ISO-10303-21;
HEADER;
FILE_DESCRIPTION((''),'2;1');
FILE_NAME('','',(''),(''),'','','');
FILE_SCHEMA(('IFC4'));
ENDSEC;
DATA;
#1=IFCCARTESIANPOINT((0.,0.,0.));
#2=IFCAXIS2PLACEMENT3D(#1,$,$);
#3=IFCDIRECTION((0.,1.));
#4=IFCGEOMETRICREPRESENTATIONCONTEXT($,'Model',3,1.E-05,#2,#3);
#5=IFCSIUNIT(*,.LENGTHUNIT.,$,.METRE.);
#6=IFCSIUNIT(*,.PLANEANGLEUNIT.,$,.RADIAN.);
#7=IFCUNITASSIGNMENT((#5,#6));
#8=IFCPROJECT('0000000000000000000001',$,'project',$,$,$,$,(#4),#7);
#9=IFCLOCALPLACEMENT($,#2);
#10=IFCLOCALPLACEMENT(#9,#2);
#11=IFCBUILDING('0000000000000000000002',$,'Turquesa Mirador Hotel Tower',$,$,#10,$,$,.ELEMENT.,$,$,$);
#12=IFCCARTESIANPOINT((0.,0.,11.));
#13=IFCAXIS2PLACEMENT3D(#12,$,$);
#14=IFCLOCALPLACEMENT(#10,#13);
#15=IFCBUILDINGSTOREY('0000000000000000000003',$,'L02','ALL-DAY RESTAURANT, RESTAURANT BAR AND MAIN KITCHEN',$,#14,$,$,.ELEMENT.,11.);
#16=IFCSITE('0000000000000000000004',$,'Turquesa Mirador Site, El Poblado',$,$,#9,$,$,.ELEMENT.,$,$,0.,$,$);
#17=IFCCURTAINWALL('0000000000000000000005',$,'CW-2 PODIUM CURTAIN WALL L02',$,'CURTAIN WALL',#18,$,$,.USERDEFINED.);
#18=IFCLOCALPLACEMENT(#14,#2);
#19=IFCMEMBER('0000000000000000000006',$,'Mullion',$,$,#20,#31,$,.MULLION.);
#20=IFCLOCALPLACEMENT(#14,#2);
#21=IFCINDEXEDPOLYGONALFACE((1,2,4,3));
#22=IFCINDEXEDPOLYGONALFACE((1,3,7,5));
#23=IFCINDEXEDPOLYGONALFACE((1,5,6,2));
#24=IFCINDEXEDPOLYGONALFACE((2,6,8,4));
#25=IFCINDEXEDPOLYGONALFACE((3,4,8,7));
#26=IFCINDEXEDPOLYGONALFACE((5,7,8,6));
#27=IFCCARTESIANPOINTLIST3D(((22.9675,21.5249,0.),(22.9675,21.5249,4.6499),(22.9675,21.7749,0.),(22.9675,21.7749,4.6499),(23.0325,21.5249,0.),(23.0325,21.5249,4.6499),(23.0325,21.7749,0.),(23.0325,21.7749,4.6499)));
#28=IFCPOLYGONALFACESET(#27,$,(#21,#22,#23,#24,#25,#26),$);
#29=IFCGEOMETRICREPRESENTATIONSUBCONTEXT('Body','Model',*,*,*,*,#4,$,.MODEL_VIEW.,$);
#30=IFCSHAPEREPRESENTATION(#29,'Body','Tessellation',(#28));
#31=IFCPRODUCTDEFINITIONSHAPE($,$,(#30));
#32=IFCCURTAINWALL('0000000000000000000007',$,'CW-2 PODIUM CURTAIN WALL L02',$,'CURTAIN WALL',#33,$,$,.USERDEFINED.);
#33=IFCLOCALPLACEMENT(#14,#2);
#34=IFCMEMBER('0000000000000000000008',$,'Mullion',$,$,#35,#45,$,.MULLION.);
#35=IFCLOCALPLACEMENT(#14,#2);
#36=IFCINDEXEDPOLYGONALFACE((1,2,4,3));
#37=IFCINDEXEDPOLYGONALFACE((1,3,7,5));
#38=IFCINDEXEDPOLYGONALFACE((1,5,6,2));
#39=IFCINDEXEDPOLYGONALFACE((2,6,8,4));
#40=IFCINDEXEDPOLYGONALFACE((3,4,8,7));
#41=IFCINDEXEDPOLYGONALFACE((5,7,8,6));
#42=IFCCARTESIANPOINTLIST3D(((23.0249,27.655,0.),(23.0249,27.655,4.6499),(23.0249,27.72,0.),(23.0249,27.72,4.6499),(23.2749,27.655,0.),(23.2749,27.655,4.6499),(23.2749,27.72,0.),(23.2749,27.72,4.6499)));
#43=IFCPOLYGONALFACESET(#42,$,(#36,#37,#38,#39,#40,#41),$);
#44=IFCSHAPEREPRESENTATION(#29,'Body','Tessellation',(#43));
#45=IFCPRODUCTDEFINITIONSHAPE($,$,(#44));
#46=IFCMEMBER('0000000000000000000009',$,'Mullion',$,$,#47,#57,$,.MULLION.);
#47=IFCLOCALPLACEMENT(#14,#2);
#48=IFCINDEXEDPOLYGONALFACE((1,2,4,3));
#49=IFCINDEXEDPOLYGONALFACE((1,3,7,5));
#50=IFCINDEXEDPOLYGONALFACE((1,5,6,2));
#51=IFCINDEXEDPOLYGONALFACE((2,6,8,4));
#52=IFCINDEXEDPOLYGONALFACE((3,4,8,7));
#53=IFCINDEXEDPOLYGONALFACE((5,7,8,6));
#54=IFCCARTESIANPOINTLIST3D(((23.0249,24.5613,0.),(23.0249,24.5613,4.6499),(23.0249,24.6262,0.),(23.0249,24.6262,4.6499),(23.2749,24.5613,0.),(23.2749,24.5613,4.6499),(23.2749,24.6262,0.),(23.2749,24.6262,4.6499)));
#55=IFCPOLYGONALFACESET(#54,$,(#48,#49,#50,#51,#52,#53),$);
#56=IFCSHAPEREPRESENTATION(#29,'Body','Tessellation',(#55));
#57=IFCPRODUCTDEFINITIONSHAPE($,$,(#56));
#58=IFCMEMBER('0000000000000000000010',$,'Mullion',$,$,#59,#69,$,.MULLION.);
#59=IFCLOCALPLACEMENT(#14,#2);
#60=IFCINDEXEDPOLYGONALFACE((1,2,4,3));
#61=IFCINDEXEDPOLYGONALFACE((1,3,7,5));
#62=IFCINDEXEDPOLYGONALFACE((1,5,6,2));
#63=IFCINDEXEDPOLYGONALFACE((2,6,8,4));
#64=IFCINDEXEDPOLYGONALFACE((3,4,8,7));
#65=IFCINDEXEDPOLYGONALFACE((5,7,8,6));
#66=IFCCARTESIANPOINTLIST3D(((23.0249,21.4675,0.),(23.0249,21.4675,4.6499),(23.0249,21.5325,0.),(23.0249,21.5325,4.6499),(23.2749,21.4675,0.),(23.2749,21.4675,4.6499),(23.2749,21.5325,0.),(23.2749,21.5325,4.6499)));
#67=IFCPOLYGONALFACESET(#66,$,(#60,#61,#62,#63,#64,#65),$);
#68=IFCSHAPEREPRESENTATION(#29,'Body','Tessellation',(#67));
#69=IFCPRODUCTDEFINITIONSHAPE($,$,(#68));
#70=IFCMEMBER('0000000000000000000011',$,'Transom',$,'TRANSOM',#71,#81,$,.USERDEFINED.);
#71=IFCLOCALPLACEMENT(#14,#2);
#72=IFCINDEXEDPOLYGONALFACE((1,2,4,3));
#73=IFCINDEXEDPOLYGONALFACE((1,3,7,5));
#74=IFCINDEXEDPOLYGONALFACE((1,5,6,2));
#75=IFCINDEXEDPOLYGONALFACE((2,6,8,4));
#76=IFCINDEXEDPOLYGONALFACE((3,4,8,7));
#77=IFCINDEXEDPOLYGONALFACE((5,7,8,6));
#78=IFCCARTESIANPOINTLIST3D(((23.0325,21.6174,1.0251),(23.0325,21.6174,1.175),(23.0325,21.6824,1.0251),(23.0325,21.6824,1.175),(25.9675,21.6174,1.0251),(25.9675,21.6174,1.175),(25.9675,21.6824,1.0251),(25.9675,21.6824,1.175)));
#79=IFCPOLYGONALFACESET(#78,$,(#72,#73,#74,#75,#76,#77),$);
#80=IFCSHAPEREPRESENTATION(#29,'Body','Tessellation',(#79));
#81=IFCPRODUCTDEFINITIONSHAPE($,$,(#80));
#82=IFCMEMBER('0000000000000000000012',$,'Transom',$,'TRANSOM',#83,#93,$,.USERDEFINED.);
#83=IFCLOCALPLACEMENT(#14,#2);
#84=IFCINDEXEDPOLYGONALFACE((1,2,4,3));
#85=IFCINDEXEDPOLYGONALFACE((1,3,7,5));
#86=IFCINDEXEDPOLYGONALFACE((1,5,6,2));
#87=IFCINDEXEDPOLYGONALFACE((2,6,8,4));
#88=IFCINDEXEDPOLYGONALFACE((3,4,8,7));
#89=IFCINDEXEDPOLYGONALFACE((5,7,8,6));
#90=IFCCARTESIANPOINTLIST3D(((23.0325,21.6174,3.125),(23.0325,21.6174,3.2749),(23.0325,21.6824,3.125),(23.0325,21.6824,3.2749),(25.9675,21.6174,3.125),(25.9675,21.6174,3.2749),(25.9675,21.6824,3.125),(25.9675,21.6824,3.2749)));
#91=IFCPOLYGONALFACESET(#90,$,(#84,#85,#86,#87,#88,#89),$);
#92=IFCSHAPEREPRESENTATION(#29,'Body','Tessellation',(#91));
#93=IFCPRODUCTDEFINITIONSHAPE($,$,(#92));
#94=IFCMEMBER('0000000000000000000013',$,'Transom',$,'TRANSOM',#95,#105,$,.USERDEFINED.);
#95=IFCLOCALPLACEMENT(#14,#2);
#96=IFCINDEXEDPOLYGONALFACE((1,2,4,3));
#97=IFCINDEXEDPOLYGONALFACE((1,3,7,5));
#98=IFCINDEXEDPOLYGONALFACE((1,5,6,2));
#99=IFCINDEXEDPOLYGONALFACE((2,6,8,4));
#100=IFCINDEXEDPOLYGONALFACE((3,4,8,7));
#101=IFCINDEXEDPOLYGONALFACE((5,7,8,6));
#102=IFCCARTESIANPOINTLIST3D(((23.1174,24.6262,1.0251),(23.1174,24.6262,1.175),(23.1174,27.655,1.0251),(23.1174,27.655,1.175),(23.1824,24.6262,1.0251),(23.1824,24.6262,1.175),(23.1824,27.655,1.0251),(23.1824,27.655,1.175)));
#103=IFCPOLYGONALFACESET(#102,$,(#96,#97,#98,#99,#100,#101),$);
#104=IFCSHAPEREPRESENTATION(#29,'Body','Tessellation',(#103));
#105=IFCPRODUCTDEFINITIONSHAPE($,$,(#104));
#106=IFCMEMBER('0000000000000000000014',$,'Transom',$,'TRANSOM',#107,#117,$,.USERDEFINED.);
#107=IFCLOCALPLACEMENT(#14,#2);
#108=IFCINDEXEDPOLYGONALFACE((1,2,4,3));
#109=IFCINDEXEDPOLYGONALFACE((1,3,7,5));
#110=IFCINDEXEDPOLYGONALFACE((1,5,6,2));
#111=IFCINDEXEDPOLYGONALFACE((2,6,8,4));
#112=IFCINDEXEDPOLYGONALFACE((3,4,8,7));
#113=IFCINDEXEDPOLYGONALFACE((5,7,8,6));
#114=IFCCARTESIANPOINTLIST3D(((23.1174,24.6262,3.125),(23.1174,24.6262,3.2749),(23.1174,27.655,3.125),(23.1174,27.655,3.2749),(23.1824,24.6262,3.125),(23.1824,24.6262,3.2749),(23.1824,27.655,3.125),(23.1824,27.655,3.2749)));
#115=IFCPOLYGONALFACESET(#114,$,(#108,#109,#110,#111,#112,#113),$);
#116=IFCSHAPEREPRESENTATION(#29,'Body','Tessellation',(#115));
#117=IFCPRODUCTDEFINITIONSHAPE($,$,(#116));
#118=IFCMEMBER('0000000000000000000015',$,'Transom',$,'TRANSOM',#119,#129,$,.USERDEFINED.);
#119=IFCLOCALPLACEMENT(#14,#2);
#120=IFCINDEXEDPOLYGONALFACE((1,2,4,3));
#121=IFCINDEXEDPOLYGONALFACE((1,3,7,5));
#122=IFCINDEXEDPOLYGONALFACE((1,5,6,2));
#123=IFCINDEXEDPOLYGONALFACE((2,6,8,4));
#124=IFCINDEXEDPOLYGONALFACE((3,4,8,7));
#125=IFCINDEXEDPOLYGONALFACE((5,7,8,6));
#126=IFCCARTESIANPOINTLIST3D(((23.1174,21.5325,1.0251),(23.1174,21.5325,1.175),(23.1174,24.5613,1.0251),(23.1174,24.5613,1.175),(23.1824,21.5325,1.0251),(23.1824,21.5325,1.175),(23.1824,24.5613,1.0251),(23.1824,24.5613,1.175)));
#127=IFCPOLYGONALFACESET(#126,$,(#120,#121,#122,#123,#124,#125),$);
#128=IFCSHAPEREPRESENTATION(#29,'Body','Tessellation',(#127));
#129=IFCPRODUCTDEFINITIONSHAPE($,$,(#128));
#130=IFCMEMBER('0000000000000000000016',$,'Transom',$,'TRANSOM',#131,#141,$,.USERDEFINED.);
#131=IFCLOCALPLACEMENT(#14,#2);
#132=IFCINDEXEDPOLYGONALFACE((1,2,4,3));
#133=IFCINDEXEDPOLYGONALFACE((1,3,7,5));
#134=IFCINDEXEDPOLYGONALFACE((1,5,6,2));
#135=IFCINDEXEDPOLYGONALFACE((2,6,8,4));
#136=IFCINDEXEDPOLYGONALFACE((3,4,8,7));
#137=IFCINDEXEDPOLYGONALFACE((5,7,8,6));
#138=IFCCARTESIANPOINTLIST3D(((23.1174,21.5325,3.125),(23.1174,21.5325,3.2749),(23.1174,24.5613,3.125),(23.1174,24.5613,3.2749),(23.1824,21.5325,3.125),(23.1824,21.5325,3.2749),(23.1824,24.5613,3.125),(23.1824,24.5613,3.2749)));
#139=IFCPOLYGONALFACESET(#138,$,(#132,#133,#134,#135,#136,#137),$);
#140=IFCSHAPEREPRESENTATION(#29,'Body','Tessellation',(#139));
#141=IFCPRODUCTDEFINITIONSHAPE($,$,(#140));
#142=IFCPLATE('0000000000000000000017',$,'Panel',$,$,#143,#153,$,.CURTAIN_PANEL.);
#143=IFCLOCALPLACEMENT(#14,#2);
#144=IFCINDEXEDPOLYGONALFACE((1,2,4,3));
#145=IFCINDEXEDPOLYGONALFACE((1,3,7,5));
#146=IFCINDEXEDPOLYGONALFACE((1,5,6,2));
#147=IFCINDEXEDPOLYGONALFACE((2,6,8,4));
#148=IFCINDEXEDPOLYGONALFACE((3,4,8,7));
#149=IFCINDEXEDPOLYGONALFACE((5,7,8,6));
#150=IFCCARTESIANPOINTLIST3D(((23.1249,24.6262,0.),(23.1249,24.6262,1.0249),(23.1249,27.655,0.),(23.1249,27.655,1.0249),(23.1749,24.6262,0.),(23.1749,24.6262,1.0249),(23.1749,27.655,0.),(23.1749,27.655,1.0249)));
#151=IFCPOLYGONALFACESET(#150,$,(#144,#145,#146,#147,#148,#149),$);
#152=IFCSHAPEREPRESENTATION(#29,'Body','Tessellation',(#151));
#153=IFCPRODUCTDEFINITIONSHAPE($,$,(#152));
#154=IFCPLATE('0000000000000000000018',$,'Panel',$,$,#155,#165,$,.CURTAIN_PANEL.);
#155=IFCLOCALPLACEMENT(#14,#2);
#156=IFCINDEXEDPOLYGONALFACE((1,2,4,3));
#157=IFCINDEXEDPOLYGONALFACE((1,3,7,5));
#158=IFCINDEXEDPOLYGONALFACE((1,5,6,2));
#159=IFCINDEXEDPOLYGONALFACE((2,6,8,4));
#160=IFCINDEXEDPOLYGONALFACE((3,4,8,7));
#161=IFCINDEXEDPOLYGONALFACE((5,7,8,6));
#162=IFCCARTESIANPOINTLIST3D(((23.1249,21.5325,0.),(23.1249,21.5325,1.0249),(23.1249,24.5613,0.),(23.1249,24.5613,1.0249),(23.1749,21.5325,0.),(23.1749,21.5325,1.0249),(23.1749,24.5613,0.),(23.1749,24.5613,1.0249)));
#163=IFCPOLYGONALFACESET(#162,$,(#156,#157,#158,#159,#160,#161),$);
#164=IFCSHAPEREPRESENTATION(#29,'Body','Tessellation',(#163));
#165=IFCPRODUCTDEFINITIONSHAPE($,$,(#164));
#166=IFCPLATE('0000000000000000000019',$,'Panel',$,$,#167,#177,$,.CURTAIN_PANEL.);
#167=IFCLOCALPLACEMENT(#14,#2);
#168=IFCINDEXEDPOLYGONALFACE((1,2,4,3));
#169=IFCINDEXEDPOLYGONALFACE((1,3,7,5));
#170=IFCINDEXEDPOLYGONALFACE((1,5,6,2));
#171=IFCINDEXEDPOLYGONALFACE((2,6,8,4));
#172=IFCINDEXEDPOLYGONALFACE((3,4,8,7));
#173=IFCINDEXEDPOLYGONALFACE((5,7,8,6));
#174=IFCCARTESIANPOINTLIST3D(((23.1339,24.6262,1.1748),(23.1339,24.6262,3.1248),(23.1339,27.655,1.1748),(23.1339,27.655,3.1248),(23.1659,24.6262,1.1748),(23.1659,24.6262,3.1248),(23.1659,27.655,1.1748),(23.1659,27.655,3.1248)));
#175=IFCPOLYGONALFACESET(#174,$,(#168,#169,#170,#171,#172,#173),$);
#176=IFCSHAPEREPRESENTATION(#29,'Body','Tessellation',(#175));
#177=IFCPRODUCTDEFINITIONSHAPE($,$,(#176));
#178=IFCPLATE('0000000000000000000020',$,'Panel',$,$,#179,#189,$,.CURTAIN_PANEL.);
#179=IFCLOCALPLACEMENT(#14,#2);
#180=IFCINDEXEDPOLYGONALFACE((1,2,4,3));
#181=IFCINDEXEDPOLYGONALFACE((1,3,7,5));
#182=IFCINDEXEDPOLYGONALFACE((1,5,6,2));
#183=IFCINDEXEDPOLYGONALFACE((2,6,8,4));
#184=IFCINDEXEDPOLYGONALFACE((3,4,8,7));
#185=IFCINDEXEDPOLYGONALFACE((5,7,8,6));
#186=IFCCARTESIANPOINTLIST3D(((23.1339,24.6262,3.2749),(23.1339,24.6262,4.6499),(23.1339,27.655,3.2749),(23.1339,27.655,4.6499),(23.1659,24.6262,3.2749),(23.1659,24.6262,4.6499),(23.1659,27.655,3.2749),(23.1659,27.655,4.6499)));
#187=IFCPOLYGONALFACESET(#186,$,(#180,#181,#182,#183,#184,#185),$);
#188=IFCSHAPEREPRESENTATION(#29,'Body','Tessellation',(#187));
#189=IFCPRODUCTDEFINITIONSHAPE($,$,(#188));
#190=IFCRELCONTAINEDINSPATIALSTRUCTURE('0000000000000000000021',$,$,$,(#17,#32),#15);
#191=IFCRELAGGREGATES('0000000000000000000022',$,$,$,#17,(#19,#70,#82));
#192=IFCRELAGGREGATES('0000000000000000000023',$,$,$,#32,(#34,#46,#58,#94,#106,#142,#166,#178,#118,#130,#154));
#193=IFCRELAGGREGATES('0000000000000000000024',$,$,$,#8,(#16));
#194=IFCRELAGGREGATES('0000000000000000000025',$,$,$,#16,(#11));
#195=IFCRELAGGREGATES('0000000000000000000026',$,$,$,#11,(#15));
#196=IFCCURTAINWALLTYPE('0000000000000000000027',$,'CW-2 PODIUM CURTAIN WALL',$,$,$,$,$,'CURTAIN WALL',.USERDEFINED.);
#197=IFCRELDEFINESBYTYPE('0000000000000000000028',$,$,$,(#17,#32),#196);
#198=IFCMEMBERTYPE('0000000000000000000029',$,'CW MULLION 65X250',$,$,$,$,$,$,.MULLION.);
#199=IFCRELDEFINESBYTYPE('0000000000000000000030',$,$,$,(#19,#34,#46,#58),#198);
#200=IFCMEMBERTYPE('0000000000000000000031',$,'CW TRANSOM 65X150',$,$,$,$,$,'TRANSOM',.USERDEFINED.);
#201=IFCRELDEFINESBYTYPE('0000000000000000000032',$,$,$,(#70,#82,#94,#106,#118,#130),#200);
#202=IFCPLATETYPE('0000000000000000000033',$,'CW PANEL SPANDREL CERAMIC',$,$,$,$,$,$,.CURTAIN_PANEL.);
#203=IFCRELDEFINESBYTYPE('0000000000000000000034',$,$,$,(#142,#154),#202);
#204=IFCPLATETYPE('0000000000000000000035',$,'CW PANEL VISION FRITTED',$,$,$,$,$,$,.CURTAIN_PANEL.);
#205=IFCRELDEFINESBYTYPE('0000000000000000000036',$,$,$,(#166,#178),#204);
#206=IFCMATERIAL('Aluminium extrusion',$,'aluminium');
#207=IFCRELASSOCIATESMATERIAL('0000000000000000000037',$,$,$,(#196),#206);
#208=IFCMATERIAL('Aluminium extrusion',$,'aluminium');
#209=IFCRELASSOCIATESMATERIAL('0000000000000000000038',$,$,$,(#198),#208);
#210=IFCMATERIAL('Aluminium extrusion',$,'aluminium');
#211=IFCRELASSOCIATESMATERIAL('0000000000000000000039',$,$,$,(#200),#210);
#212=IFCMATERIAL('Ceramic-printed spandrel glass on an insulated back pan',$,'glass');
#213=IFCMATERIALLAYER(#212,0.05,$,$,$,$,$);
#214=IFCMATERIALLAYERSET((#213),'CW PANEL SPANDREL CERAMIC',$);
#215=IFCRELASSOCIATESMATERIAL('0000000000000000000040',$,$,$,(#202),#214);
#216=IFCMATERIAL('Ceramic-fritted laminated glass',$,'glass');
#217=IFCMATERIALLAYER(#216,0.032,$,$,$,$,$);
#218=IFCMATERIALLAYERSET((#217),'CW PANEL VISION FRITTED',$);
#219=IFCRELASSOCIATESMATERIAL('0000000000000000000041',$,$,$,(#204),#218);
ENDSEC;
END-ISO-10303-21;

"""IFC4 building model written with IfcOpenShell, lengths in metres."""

from ifc_helpers import new_model, si_unit, direction, frame, origin, origin_2d, place, context, subcontext, project, spatial, rectangle, extrude, material, layer, layer_set, material_profile, profile_set, type_object, element, aggregate, save


model = new_model("IFC4")

# Units and contexts
model_context = context("Model", 3, precision=1e-05, world=origin(), true_north=direction((0.0, 1.0)))
body_context = subcontext(model_context, "Body", "Model", "MODEL_VIEW")
ifc_project = project(units=[si_unit("LENGTHUNIT", "METRE"), si_unit("PLANEANGLEUNIT", "RADIAN")], contexts=[model_context])

# Site, building, storey
site_placement = place(None, origin())
site = spatial("IfcSite", under=ifc_project, at=site_placement, Name="Turquesa Mirador Site, El Poblado", CompositionType="ELEMENT", RefElevation=0.0)
building_placement = place(site_placement, origin())
building = spatial("IfcBuilding", under=site, at=building_placement, Name="Turquesa Mirador Hotel Tower", CompositionType="ELEMENT")
storey_placement = place(building_placement, frame((0.0, 0.0, 11.0)))
storey = spatial("IfcBuildingStorey", under=building, at=storey_placement, Name="L02", Description="ALL-DAY RESTAURANT, RESTAURANT BAR AND MAIN KITCHEN", CompositionType="ELEMENT", Elevation=11.0)

# Curtain wall, member
ifc_material_1 = material(Name="Aluminium extrusion", Category="aluminium")
curtain_wall_type = type_object("IfcCurtainWallType", Name="CW-2 PODIUM CURTAIN WALL", ElementType="CURTAIN WALL", PredefinedType="USERDEFINED", material=ifc_material_1)
curtain_wall_1_placement = place(storey_placement, origin())
curtain_wall_1 = element("IfcCurtainWall", 1, at=curtain_wall_1_placement, inside=storey, type_object=curtain_wall_type, Name="CW-2 PODIUM CURTAIN WALL L02", ObjectType="CURTAIN WALL", PredefinedType="USERDEFINED")
ifc_material_2 = material(Name="Aluminium extrusion", Category="aluminium")
ifc_material_profile_1 = material_profile(ifc_material_2, rectangle(XDim=0.0649, YDim=0.25, at=origin_2d()), Name="MULLION 65X250")
ifc_profile_set_1 = profile_set([ifc_material_profile_1], Name="Aluminium extrusion")
member_type_1 = type_object("IfcMemberType", Name="CW MULLION 65X250", PredefinedType="MULLION", material=ifc_profile_set_1)
member_1_placement = place(storey_placement, frame((23.0, 21.6499, 0.0), z_axis=(0.0, 0.0, 1.0), x_axis=(1.0, 0.0, 0.0)))
member_1 = element("IfcMember", 2, at=member_1_placement, type_object=member_type_1, Name="Mullion", PredefinedType="MULLION", context=body_context, shape_type="SweptSolid", body=[
    extrude(rectangle(XDim=0.0649, YDim=0.25, at=origin_2d()), origin(), (0.0, 0.0, 1.0), 4.6499),
])

# Curtain wall, members
curtain_wall_2_placement = place(storey_placement, origin())
curtain_wall_2 = element("IfcCurtainWall", 3, at=curtain_wall_2_placement, inside=storey, type_object=curtain_wall_type, Name="CW-2 PODIUM CURTAIN WALL L02", ObjectType="CURTAIN WALL", PredefinedType="USERDEFINED")
member_2_placement = place(storey_placement, frame((23.1499, 27.6875, 0.0), z_axis=(0.0, 0.0, 1.0), x_axis=(0.0, -1.0, 0.0)))
member_2 = element("IfcMember", 4, at=member_2_placement, type_object=member_type_1, Name="Mullion", PredefinedType="MULLION", context=body_context, shape_type="SweptSolid", body=[
    extrude(rectangle(XDim=0.0649, YDim=0.25, at=origin_2d()), origin(), (0.0, 0.0, 1.0), 4.6499),
])
member_3_placement = place(storey_placement, frame((23.1499, 24.5938, 0.0), z_axis=(0.0, 0.0, 1.0), x_axis=(0.0, -1.0, 0.0)))
member_3 = element("IfcMember", 5, at=member_3_placement, type_object=member_type_1, Name="Mullion", PredefinedType="MULLION", context=body_context, shape_type="SweptSolid", body=[
    extrude(rectangle(XDim=0.0649, YDim=0.25, at=origin_2d()), origin(), (0.0, 0.0, 1.0), 4.6499),
])
member_4_placement = place(storey_placement, frame((23.1499, 21.5, 0.0), z_axis=(0.0, 0.0, 1.0), x_axis=(0.0, -1.0, 0.0)))
member_4 = element("IfcMember", 6, at=member_4_placement, type_object=member_type_1, Name="Mullion", PredefinedType="MULLION", context=body_context, shape_type="SweptSolid", body=[
    extrude(rectangle(XDim=0.0649, YDim=0.25, at=origin_2d()), origin(), (0.0, 0.0, 1.0), 4.6499),
])

# Members
ifc_material_3 = material(Name="Aluminium extrusion", Category="aluminium")
ifc_material_profile_2 = material_profile(ifc_material_3, rectangle(XDim=0.0649, YDim=0.1499, at=origin_2d()), Name="TRANSOM 65X150")
ifc_profile_set_2 = profile_set([ifc_material_profile_2], Name="Aluminium extrusion")
member_type_2 = type_object("IfcMemberType", Name="CW TRANSOM 65X150", ElementType="TRANSOM", PredefinedType="USERDEFINED", material=ifc_profile_set_2)
member_5_placement = place(storey_placement, frame((23.0325, 21.6499, 1.1001), z_axis=(1.0, 0.0, 0.0), x_axis=(0.0, 1.0, 0.0)))
member_5 = element("IfcMember", 7, at=member_5_placement, type_object=member_type_2, Name="Transom", ObjectType="TRANSOM", PredefinedType="USERDEFINED", context=body_context, shape_type="SweptSolid", body=[
    extrude(rectangle(XDim=0.0649, YDim=0.1499, at=origin_2d()), origin(), (0.0, 0.0, 1.0), 2.9351),
])
member_6_placement = place(storey_placement, frame((23.0325, 21.6499, 3.2), z_axis=(1.0, 0.0, 0.0), x_axis=(0.0, 1.0, 0.0)))
member_6 = element("IfcMember", 8, at=member_6_placement, type_object=member_type_2, Name="Transom", ObjectType="TRANSOM", PredefinedType="USERDEFINED", context=body_context, shape_type="SweptSolid", body=[
    extrude(rectangle(XDim=0.0649, YDim=0.1499, at=origin_2d()), origin(), (0.0, 0.0, 1.0), 2.9351),
])
aggregate(curtain_wall_1, [member_1, member_5, member_6])
member_7_placement = place(storey_placement, frame((23.1499, 27.655, 1.1001), z_axis=(0.0, -1.0, 0.0), x_axis=(1.0, 0.0, 0.0)))
member_7 = element("IfcMember", 9, at=member_7_placement, type_object=member_type_2, Name="Transom", ObjectType="TRANSOM", PredefinedType="USERDEFINED", context=body_context, shape_type="SweptSolid", body=[
    extrude(rectangle(XDim=0.0649, YDim=0.1499, at=origin_2d()), origin(), (0.0, 0.0, 1.0), 3.0288),
])
member_8_placement = place(storey_placement, frame((23.1499, 27.655, 3.2), z_axis=(0.0, -1.0, 0.0), x_axis=(1.0, 0.0, 0.0)))
member_8 = element("IfcMember", 10, at=member_8_placement, type_object=member_type_2, Name="Transom", ObjectType="TRANSOM", PredefinedType="USERDEFINED", context=body_context, shape_type="SweptSolid", body=[
    extrude(rectangle(XDim=0.0649, YDim=0.1499, at=origin_2d()), origin(), (0.0, 0.0, 1.0), 3.0288),
])
member_9_placement = place(storey_placement, frame((23.1499, 24.5613, 1.1001), z_axis=(0.0, -1.0, 0.0), x_axis=(1.0, 0.0, 0.0)))
member_9 = element("IfcMember", 11, at=member_9_placement, type_object=member_type_2, Name="Transom", ObjectType="TRANSOM", PredefinedType="USERDEFINED", context=body_context, shape_type="SweptSolid", body=[
    extrude(rectangle(XDim=0.0649, YDim=0.1499, at=origin_2d()), origin(), (0.0, 0.0, 1.0), 3.0288),
])
member_10_placement = place(storey_placement, frame((23.1499, 24.5613, 3.2), z_axis=(0.0, -1.0, 0.0), x_axis=(1.0, 0.0, 0.0)))
member_10 = element("IfcMember", 12, at=member_10_placement, type_object=member_type_2, Name="Transom", ObjectType="TRANSOM", PredefinedType="USERDEFINED", context=body_context, shape_type="SweptSolid", body=[
    extrude(rectangle(XDim=0.0649, YDim=0.1499, at=origin_2d()), origin(), (0.0, 0.0, 1.0), 3.0288),
])

# Plates
ifc_material_4 = material(Name="Ceramic-printed spandrel glass on an insulated back pan", Category="glass")
ifc_layer_1 = layer(ifc_material_4, 0.05)
ifc_layer_set_1 = layer_set([ifc_layer_1], Name="CW PANEL SPANDREL CERAMIC")
plate_type_1 = type_object("IfcPlateType", Name="CW PANEL SPANDREL CERAMIC", PredefinedType="CURTAIN_PANEL", material=ifc_layer_set_1)
plate_1_placement = place(storey_placement, frame((23.1499, 26.1406, 0.0), z_axis=(0.0, 0.0, 1.0), x_axis=(0.0, -1.0, 0.0)))
plate_1 = element("IfcPlate", 13, at=plate_1_placement, type_object=plate_type_1, Name="Panel", PredefinedType="CURTAIN_PANEL", context=body_context, shape_type="SweptSolid", body=[
    extrude(rectangle(XDim=3.0288, YDim=0.05, at=origin_2d()), origin(), (0.0, 0.0, 1.0), 1.0249),
])
plate_2_placement = place(storey_placement, frame((23.1499, 23.0469, 0.0), z_axis=(0.0, 0.0, 1.0), x_axis=(0.0, -1.0, 0.0)))
plate_2 = element("IfcPlate", 14, at=plate_2_placement, type_object=plate_type_1, Name="Panel", PredefinedType="CURTAIN_PANEL", context=body_context, shape_type="SweptSolid", body=[
    extrude(rectangle(XDim=3.0288, YDim=0.05, at=origin_2d()), origin(), (0.0, 0.0, 1.0), 1.0249),
])
ifc_material_5 = material(Name="Ceramic-fritted laminated glass", Category="glass")
ifc_layer_2 = layer(ifc_material_5, 0.032)
ifc_layer_set_2 = layer_set([ifc_layer_2], Name="CW PANEL VISION FRITTED")
plate_type_2 = type_object("IfcPlateType", Name="CW PANEL VISION FRITTED", PredefinedType="CURTAIN_PANEL", material=ifc_layer_set_2)
plate_3_placement = place(storey_placement, frame((23.1499, 26.1406, 1.1748), z_axis=(0.0, 0.0, 1.0), x_axis=(0.0, -1.0, 0.0)))
plate_3 = element("IfcPlate", 15, at=plate_3_placement, type_object=plate_type_2, Name="Panel", PredefinedType="CURTAIN_PANEL", context=body_context, shape_type="SweptSolid", body=[
    extrude(rectangle(XDim=3.0288, YDim=0.032, at=origin_2d()), origin(), (0.0, 0.0, 1.0), 1.95),
])
plate_4_placement = place(storey_placement, frame((23.1499, 26.1406, 3.2749), z_axis=(0.0, 0.0, 1.0), x_axis=(0.0, -1.0, 0.0)))
plate_4 = element("IfcPlate", 16, at=plate_4_placement, type_object=plate_type_2, Name="Panel", PredefinedType="CURTAIN_PANEL", context=body_context, shape_type="SweptSolid", body=[
    extrude(rectangle(XDim=3.0288, YDim=0.032, at=origin_2d()), origin(), (0.0, 0.0, 1.0), 1.375),
])
aggregate(curtain_wall_2, [member_2, member_3, member_4, member_7, member_8, plate_1, plate_3, plate_4, member_9, member_10, plate_2])

save(model, "model.ifc")
